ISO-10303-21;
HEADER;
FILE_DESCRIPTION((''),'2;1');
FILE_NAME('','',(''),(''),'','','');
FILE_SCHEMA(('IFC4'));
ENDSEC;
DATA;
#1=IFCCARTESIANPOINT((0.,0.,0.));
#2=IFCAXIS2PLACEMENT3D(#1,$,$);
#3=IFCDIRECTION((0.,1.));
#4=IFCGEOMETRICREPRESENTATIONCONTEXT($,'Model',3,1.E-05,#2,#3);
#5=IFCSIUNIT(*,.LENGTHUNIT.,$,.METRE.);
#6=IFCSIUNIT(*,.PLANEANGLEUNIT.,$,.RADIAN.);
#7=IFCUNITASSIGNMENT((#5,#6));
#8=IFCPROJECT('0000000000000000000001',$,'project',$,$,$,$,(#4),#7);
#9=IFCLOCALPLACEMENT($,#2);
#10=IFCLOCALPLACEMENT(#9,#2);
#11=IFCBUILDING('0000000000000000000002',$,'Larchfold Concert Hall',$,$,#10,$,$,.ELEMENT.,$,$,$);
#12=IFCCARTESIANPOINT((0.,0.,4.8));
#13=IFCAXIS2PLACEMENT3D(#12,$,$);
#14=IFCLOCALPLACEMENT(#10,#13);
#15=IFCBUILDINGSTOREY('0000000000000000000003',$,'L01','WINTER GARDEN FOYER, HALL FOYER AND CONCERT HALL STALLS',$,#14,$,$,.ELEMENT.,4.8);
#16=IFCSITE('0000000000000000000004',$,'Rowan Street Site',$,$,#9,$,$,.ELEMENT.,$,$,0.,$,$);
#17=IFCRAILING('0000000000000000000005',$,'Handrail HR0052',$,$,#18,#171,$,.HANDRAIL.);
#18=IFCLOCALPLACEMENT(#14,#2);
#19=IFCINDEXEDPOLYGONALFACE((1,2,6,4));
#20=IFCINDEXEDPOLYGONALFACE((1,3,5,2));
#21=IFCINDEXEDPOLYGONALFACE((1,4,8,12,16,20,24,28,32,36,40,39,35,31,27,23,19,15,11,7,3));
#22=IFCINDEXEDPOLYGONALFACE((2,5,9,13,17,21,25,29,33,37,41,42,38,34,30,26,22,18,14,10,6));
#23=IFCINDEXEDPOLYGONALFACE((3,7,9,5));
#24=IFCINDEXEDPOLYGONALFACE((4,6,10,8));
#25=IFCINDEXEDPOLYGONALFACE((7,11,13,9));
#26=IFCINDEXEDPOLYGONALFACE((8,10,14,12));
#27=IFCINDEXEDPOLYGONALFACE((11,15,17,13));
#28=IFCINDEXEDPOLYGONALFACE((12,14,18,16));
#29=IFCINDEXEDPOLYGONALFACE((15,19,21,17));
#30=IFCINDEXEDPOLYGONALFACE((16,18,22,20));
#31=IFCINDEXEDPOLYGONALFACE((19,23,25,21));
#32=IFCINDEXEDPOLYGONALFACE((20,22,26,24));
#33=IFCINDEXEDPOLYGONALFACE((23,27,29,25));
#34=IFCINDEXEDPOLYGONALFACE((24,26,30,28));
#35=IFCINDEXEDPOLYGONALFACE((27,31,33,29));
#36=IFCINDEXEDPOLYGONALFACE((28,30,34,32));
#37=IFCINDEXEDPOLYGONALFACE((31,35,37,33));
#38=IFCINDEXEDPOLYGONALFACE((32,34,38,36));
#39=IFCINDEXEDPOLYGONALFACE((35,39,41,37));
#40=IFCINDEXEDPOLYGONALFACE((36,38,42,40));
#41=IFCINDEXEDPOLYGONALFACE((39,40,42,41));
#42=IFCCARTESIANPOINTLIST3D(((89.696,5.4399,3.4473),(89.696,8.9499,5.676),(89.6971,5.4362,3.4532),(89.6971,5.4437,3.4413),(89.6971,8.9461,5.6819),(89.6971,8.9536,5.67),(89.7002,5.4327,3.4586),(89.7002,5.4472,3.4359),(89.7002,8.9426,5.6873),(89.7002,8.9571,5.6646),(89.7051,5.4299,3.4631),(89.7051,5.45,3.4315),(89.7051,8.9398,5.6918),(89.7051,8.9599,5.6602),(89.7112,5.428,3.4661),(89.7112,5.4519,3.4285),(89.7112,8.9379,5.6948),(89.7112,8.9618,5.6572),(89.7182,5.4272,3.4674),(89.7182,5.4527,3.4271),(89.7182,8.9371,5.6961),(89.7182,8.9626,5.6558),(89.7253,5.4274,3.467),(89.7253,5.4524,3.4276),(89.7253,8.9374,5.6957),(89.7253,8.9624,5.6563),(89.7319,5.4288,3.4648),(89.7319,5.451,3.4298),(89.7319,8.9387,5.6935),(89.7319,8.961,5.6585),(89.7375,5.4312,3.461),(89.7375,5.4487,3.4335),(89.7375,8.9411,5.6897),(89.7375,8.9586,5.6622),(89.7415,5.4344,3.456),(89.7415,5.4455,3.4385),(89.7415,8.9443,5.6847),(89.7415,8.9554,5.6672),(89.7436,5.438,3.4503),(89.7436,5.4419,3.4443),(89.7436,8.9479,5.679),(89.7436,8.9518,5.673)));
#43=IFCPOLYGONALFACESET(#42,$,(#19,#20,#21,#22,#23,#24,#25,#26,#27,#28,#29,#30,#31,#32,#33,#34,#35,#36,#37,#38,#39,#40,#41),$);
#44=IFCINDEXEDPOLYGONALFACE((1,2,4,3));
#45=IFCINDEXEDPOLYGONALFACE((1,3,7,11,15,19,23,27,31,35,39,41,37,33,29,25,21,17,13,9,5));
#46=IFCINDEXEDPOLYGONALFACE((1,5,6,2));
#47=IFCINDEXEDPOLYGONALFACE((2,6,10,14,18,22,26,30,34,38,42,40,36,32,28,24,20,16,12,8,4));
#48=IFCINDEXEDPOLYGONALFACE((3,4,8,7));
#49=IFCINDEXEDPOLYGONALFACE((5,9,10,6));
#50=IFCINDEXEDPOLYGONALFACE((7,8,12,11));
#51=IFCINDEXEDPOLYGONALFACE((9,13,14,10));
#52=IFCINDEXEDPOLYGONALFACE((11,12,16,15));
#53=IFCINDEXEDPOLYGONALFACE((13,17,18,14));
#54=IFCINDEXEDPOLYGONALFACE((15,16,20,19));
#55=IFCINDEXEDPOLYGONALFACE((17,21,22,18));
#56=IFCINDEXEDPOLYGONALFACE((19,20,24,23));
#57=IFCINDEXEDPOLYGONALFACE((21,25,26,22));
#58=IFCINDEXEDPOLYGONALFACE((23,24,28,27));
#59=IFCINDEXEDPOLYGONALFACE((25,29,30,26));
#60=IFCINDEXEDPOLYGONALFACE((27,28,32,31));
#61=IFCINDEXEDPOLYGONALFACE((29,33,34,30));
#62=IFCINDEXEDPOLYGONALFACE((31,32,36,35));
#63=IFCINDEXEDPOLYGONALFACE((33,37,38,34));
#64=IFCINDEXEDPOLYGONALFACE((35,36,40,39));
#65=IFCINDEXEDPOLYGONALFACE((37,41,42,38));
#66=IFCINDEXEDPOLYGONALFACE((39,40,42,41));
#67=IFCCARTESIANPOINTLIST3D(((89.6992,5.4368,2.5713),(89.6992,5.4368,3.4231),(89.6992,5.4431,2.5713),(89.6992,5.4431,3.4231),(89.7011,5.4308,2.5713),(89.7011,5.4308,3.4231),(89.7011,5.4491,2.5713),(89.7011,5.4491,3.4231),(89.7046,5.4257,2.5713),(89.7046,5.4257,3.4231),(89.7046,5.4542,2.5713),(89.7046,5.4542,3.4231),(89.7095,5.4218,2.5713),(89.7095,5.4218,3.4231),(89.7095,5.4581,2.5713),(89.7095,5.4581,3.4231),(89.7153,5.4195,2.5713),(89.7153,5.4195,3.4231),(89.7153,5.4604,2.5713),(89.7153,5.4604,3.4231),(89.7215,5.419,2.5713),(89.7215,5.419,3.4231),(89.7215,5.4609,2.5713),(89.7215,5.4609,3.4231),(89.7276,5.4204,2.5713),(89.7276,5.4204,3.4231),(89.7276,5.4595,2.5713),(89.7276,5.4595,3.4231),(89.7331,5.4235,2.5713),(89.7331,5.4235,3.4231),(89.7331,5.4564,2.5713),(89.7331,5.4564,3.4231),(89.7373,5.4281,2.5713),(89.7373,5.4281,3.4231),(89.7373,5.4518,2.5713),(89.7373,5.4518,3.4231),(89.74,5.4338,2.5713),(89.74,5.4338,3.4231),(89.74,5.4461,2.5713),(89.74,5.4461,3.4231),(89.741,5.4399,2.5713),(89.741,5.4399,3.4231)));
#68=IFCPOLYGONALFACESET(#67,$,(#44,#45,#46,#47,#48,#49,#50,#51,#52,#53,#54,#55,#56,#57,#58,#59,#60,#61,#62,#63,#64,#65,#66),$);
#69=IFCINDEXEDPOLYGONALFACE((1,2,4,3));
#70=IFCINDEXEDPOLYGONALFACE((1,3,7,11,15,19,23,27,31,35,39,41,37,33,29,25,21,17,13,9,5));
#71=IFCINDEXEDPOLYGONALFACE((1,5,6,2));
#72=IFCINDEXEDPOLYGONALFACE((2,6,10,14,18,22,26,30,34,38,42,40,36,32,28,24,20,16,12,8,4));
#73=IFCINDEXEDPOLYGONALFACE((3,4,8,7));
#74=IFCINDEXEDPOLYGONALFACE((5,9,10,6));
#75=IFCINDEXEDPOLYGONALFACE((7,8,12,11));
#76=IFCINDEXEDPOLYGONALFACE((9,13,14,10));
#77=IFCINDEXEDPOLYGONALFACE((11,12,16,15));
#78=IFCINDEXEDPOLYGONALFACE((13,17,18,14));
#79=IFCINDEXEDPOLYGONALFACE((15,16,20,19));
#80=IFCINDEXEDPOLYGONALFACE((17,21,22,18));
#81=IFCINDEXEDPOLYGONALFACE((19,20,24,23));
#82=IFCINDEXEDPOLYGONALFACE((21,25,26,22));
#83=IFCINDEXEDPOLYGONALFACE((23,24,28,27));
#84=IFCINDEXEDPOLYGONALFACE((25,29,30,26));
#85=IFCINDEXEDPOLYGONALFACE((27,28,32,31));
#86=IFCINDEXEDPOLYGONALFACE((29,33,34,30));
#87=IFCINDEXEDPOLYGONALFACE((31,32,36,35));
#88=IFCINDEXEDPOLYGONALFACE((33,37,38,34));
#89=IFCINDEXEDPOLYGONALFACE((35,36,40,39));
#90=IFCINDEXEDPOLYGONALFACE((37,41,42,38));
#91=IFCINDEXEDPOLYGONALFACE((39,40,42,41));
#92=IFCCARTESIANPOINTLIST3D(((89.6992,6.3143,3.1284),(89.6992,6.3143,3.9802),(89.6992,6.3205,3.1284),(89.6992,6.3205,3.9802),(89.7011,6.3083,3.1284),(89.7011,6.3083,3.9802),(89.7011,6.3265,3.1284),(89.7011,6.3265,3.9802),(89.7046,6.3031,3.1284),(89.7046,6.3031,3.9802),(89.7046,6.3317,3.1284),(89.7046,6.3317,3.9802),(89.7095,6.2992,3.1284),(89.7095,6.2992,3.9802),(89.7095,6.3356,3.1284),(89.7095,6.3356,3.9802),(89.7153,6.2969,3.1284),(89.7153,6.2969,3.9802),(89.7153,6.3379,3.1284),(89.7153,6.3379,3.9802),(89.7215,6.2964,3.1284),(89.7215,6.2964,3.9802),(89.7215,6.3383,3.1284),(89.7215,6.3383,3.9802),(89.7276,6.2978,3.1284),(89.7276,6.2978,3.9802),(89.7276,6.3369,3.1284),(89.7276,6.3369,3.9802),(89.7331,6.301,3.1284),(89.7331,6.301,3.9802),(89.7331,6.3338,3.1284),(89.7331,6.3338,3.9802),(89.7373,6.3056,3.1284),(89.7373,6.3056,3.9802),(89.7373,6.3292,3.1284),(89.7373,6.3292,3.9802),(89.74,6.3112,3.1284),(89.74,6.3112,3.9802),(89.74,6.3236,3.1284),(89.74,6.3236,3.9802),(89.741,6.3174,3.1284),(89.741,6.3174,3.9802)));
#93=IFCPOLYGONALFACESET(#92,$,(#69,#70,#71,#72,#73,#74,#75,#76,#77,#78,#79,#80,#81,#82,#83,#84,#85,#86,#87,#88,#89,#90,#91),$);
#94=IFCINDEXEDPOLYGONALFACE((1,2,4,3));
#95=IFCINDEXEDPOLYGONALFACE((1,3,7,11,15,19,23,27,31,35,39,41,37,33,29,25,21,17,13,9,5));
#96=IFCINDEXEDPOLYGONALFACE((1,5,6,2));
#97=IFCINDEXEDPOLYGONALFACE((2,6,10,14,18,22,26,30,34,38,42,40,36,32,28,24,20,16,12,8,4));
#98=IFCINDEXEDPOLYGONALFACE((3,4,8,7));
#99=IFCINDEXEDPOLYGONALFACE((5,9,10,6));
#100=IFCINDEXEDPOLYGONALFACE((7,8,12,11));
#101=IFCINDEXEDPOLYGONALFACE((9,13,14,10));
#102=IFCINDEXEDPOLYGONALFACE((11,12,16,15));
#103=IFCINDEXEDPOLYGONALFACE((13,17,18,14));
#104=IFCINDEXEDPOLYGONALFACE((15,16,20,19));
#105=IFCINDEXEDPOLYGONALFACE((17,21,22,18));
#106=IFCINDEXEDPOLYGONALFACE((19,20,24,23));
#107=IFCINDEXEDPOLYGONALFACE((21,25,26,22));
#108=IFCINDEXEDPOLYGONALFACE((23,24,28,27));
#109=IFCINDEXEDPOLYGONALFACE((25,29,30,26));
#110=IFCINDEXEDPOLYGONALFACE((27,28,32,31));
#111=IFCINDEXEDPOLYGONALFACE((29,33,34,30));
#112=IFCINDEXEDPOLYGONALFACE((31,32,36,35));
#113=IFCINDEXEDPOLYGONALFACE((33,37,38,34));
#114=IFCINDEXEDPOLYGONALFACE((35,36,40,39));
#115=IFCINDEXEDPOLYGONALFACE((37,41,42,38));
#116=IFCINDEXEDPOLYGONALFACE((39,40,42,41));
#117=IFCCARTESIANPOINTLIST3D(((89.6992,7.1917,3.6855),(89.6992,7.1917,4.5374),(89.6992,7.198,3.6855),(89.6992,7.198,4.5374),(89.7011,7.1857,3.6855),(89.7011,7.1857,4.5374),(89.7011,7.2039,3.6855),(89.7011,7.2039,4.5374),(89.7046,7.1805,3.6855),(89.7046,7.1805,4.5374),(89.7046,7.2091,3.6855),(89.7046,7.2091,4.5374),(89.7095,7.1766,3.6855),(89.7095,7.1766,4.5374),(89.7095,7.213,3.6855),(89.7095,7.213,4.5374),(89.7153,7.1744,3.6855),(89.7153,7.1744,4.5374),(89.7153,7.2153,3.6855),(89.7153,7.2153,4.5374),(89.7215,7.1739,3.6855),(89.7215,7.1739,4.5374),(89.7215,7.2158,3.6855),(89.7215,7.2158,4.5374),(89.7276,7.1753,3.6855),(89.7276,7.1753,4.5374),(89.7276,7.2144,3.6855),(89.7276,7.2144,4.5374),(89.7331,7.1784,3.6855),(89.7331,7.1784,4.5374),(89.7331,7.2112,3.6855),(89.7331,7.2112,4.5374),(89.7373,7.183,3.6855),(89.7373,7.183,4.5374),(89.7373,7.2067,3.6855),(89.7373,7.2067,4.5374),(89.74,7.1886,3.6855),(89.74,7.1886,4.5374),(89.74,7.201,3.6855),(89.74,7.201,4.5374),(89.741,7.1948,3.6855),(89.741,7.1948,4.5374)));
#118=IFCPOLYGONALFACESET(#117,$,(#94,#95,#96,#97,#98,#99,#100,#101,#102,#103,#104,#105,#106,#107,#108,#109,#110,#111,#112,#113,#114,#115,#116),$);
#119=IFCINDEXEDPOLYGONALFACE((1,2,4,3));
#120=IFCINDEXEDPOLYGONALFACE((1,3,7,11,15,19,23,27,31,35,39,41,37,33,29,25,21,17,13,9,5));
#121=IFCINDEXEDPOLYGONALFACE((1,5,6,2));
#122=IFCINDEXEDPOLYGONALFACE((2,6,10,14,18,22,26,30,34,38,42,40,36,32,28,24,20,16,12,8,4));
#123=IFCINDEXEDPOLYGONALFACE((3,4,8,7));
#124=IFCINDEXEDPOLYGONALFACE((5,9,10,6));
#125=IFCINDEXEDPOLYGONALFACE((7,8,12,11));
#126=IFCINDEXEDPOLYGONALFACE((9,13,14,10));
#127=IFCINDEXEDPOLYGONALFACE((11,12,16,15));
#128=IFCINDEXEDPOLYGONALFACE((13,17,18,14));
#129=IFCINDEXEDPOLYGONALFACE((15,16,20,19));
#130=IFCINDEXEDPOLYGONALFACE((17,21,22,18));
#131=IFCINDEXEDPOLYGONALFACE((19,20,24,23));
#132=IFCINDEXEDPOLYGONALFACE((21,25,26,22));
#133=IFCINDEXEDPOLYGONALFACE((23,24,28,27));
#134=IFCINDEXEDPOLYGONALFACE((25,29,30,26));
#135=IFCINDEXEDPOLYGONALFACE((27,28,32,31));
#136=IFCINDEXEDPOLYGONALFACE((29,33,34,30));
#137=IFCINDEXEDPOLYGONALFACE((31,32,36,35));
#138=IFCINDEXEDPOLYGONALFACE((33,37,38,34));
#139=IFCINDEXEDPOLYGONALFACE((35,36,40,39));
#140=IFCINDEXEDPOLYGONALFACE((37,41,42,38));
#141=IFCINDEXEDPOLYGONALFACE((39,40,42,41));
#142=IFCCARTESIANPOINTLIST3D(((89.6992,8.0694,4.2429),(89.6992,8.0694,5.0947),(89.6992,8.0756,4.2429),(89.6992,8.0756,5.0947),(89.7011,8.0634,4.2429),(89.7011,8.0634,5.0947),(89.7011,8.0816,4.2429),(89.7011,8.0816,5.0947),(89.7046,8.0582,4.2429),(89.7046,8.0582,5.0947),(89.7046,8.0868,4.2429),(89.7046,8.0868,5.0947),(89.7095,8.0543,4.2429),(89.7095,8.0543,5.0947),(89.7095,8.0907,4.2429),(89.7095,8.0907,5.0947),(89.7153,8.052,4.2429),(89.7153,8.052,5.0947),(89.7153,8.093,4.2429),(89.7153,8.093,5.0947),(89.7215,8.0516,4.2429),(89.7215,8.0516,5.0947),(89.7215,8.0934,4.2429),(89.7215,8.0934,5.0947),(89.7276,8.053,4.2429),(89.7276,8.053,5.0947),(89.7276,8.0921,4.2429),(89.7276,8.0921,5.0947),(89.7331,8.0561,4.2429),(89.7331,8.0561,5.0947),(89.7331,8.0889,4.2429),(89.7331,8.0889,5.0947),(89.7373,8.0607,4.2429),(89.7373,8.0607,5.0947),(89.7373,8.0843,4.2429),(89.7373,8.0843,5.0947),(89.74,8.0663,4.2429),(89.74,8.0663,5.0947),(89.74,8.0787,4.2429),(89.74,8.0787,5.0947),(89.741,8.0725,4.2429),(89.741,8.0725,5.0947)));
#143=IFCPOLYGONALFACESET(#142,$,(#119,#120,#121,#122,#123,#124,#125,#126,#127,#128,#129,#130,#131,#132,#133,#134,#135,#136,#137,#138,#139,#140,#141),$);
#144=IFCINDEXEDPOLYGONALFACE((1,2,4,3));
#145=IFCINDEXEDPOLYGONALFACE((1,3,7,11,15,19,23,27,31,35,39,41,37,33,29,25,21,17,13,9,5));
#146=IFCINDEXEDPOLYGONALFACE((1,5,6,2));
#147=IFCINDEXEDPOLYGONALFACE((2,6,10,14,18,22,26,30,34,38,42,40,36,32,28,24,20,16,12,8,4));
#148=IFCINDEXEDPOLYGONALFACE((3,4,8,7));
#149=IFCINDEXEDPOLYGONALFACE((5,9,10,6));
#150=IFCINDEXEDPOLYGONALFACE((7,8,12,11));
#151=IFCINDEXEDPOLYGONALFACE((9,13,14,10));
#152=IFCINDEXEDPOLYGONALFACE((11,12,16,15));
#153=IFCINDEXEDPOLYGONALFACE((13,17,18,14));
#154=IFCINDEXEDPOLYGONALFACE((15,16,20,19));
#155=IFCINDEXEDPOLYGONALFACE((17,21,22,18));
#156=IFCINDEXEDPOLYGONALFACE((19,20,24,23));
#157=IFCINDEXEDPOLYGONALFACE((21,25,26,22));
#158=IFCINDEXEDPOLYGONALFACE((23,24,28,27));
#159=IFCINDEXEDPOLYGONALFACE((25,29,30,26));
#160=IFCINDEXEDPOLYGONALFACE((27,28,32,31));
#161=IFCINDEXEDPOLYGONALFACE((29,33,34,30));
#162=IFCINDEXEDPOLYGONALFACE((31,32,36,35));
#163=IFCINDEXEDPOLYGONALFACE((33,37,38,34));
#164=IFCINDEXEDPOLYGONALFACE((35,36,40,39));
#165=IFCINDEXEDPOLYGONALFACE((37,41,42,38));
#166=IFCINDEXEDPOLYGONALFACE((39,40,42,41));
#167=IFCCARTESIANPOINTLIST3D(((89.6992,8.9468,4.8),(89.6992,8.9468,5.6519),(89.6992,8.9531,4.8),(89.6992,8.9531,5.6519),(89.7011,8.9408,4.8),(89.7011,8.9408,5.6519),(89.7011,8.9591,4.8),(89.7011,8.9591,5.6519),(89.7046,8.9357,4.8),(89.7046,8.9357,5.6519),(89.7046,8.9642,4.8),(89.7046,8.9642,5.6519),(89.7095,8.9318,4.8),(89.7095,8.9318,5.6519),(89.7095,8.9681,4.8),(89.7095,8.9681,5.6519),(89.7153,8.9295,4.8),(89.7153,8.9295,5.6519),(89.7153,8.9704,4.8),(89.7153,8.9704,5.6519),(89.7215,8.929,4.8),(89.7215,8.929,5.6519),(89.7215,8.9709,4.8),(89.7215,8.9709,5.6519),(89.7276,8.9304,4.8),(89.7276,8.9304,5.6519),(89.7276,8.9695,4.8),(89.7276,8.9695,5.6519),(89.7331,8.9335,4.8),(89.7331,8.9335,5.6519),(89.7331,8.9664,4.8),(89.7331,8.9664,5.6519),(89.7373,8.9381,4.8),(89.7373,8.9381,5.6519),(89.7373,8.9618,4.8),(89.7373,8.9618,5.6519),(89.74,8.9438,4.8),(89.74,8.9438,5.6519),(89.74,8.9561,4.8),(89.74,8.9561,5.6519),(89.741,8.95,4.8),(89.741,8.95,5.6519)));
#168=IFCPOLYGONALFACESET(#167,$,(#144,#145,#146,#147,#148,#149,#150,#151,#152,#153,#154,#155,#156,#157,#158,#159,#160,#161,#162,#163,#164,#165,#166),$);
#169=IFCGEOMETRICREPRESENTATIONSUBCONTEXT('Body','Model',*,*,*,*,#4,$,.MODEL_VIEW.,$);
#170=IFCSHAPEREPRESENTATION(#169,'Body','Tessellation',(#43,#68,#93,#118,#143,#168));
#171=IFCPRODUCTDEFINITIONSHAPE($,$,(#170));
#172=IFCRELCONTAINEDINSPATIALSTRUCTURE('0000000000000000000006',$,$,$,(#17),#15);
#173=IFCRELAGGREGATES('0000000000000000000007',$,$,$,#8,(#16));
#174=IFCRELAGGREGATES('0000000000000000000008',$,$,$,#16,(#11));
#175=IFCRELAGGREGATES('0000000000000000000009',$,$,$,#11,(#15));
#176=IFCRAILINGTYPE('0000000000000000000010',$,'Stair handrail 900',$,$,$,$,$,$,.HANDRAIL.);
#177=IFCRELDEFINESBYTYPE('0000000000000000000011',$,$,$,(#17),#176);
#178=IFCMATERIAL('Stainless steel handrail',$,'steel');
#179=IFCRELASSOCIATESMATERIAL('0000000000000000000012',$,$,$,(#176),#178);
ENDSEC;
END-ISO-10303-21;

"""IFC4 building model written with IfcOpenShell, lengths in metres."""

from ifc_helpers import new_model, si_unit, direction, frame, origin, origin_2d, place, context, subcontext, project, spatial, circle, extrude, material, type_object, element, save


model = new_model("IFC4")

# Units and contexts
model_context = context("Model", 3, precision=1e-05, world=origin(), true_north=direction((0.0, 1.0)))
body_context = subcontext(model_context, "Body", "Model", "MODEL_VIEW")
ifc_project = project(units=[si_unit("LENGTHUNIT", "METRE"), si_unit("PLANEANGLEUNIT", "RADIAN")], contexts=[model_context])

# Site, building, storey
site_placement = place(None, origin())
site = spatial("IfcSite", under=ifc_project, at=site_placement, Name="Rowan Street Site", CompositionType="ELEMENT", RefElevation=0.0)
building_placement = place(site_placement, origin())
building = spatial("IfcBuilding", under=site, at=building_placement, Name="Larchfold Concert Hall", CompositionType="ELEMENT")
storey_placement = place(building_placement, frame((0.0, 0.0, 4.8)))
storey = spatial("IfcBuildingStorey", under=building, at=storey_placement, Name="L01", Description="WINTER GARDEN FOYER, HALL FOYER AND CONCERT HALL STALLS", CompositionType="ELEMENT", Elevation=4.8)

# Railing
ifc_material_1 = material(Name="Stainless steel handrail", Category="steel")
railing_type_1 = type_object("IfcRailingType", Name="Stair handrail 900", PredefinedType="HANDRAIL", material=ifc_material_1)
railing_1_placement = place(storey_placement, frame((89.72, 5.4399, 2.5713)))
element("IfcRailing", 1, at=railing_1_placement, inside=storey, type_object=railing_type_1, Name="Handrail HR0052", PredefinedType="HANDRAIL", context=body_context, shape_type="SweptSolid", body=[
    extrude(circle(Radius=0.0239, at=origin_2d()), frame((0.0, 0.0, 0.876), z_axis=(0.0, 0.844193, 0.536039), x_axis=(-1.0, 0.0, 0.0)), (0.0, 0.0, 1.0), 4.1577),
    extrude(circle(Radius=0.021, at=origin_2d()), origin(), (0.0, 0.0, 1.0), 0.8518),
    extrude(circle(Radius=0.021, at=origin_2d()), frame((0.0, 0.8774, 0.5571)), (0.0, 0.0, 1.0), 0.8518),
    extrude(circle(Radius=0.021, at=origin_2d()), frame((0.0, 1.7549, 1.1143)), (0.0, 0.0, 1.0), 0.8518),
    extrude(circle(Radius=0.021, at=origin_2d()), frame((0.0, 2.6326, 1.6716)), (0.0, 0.0, 1.0), 0.8518),
    extrude(circle(Radius=0.021, at=origin_2d()), frame((0.0, 3.51, 2.2288)), (0.0, 0.0, 1.0), 0.8518),
])

save(model, "model.ifc")
